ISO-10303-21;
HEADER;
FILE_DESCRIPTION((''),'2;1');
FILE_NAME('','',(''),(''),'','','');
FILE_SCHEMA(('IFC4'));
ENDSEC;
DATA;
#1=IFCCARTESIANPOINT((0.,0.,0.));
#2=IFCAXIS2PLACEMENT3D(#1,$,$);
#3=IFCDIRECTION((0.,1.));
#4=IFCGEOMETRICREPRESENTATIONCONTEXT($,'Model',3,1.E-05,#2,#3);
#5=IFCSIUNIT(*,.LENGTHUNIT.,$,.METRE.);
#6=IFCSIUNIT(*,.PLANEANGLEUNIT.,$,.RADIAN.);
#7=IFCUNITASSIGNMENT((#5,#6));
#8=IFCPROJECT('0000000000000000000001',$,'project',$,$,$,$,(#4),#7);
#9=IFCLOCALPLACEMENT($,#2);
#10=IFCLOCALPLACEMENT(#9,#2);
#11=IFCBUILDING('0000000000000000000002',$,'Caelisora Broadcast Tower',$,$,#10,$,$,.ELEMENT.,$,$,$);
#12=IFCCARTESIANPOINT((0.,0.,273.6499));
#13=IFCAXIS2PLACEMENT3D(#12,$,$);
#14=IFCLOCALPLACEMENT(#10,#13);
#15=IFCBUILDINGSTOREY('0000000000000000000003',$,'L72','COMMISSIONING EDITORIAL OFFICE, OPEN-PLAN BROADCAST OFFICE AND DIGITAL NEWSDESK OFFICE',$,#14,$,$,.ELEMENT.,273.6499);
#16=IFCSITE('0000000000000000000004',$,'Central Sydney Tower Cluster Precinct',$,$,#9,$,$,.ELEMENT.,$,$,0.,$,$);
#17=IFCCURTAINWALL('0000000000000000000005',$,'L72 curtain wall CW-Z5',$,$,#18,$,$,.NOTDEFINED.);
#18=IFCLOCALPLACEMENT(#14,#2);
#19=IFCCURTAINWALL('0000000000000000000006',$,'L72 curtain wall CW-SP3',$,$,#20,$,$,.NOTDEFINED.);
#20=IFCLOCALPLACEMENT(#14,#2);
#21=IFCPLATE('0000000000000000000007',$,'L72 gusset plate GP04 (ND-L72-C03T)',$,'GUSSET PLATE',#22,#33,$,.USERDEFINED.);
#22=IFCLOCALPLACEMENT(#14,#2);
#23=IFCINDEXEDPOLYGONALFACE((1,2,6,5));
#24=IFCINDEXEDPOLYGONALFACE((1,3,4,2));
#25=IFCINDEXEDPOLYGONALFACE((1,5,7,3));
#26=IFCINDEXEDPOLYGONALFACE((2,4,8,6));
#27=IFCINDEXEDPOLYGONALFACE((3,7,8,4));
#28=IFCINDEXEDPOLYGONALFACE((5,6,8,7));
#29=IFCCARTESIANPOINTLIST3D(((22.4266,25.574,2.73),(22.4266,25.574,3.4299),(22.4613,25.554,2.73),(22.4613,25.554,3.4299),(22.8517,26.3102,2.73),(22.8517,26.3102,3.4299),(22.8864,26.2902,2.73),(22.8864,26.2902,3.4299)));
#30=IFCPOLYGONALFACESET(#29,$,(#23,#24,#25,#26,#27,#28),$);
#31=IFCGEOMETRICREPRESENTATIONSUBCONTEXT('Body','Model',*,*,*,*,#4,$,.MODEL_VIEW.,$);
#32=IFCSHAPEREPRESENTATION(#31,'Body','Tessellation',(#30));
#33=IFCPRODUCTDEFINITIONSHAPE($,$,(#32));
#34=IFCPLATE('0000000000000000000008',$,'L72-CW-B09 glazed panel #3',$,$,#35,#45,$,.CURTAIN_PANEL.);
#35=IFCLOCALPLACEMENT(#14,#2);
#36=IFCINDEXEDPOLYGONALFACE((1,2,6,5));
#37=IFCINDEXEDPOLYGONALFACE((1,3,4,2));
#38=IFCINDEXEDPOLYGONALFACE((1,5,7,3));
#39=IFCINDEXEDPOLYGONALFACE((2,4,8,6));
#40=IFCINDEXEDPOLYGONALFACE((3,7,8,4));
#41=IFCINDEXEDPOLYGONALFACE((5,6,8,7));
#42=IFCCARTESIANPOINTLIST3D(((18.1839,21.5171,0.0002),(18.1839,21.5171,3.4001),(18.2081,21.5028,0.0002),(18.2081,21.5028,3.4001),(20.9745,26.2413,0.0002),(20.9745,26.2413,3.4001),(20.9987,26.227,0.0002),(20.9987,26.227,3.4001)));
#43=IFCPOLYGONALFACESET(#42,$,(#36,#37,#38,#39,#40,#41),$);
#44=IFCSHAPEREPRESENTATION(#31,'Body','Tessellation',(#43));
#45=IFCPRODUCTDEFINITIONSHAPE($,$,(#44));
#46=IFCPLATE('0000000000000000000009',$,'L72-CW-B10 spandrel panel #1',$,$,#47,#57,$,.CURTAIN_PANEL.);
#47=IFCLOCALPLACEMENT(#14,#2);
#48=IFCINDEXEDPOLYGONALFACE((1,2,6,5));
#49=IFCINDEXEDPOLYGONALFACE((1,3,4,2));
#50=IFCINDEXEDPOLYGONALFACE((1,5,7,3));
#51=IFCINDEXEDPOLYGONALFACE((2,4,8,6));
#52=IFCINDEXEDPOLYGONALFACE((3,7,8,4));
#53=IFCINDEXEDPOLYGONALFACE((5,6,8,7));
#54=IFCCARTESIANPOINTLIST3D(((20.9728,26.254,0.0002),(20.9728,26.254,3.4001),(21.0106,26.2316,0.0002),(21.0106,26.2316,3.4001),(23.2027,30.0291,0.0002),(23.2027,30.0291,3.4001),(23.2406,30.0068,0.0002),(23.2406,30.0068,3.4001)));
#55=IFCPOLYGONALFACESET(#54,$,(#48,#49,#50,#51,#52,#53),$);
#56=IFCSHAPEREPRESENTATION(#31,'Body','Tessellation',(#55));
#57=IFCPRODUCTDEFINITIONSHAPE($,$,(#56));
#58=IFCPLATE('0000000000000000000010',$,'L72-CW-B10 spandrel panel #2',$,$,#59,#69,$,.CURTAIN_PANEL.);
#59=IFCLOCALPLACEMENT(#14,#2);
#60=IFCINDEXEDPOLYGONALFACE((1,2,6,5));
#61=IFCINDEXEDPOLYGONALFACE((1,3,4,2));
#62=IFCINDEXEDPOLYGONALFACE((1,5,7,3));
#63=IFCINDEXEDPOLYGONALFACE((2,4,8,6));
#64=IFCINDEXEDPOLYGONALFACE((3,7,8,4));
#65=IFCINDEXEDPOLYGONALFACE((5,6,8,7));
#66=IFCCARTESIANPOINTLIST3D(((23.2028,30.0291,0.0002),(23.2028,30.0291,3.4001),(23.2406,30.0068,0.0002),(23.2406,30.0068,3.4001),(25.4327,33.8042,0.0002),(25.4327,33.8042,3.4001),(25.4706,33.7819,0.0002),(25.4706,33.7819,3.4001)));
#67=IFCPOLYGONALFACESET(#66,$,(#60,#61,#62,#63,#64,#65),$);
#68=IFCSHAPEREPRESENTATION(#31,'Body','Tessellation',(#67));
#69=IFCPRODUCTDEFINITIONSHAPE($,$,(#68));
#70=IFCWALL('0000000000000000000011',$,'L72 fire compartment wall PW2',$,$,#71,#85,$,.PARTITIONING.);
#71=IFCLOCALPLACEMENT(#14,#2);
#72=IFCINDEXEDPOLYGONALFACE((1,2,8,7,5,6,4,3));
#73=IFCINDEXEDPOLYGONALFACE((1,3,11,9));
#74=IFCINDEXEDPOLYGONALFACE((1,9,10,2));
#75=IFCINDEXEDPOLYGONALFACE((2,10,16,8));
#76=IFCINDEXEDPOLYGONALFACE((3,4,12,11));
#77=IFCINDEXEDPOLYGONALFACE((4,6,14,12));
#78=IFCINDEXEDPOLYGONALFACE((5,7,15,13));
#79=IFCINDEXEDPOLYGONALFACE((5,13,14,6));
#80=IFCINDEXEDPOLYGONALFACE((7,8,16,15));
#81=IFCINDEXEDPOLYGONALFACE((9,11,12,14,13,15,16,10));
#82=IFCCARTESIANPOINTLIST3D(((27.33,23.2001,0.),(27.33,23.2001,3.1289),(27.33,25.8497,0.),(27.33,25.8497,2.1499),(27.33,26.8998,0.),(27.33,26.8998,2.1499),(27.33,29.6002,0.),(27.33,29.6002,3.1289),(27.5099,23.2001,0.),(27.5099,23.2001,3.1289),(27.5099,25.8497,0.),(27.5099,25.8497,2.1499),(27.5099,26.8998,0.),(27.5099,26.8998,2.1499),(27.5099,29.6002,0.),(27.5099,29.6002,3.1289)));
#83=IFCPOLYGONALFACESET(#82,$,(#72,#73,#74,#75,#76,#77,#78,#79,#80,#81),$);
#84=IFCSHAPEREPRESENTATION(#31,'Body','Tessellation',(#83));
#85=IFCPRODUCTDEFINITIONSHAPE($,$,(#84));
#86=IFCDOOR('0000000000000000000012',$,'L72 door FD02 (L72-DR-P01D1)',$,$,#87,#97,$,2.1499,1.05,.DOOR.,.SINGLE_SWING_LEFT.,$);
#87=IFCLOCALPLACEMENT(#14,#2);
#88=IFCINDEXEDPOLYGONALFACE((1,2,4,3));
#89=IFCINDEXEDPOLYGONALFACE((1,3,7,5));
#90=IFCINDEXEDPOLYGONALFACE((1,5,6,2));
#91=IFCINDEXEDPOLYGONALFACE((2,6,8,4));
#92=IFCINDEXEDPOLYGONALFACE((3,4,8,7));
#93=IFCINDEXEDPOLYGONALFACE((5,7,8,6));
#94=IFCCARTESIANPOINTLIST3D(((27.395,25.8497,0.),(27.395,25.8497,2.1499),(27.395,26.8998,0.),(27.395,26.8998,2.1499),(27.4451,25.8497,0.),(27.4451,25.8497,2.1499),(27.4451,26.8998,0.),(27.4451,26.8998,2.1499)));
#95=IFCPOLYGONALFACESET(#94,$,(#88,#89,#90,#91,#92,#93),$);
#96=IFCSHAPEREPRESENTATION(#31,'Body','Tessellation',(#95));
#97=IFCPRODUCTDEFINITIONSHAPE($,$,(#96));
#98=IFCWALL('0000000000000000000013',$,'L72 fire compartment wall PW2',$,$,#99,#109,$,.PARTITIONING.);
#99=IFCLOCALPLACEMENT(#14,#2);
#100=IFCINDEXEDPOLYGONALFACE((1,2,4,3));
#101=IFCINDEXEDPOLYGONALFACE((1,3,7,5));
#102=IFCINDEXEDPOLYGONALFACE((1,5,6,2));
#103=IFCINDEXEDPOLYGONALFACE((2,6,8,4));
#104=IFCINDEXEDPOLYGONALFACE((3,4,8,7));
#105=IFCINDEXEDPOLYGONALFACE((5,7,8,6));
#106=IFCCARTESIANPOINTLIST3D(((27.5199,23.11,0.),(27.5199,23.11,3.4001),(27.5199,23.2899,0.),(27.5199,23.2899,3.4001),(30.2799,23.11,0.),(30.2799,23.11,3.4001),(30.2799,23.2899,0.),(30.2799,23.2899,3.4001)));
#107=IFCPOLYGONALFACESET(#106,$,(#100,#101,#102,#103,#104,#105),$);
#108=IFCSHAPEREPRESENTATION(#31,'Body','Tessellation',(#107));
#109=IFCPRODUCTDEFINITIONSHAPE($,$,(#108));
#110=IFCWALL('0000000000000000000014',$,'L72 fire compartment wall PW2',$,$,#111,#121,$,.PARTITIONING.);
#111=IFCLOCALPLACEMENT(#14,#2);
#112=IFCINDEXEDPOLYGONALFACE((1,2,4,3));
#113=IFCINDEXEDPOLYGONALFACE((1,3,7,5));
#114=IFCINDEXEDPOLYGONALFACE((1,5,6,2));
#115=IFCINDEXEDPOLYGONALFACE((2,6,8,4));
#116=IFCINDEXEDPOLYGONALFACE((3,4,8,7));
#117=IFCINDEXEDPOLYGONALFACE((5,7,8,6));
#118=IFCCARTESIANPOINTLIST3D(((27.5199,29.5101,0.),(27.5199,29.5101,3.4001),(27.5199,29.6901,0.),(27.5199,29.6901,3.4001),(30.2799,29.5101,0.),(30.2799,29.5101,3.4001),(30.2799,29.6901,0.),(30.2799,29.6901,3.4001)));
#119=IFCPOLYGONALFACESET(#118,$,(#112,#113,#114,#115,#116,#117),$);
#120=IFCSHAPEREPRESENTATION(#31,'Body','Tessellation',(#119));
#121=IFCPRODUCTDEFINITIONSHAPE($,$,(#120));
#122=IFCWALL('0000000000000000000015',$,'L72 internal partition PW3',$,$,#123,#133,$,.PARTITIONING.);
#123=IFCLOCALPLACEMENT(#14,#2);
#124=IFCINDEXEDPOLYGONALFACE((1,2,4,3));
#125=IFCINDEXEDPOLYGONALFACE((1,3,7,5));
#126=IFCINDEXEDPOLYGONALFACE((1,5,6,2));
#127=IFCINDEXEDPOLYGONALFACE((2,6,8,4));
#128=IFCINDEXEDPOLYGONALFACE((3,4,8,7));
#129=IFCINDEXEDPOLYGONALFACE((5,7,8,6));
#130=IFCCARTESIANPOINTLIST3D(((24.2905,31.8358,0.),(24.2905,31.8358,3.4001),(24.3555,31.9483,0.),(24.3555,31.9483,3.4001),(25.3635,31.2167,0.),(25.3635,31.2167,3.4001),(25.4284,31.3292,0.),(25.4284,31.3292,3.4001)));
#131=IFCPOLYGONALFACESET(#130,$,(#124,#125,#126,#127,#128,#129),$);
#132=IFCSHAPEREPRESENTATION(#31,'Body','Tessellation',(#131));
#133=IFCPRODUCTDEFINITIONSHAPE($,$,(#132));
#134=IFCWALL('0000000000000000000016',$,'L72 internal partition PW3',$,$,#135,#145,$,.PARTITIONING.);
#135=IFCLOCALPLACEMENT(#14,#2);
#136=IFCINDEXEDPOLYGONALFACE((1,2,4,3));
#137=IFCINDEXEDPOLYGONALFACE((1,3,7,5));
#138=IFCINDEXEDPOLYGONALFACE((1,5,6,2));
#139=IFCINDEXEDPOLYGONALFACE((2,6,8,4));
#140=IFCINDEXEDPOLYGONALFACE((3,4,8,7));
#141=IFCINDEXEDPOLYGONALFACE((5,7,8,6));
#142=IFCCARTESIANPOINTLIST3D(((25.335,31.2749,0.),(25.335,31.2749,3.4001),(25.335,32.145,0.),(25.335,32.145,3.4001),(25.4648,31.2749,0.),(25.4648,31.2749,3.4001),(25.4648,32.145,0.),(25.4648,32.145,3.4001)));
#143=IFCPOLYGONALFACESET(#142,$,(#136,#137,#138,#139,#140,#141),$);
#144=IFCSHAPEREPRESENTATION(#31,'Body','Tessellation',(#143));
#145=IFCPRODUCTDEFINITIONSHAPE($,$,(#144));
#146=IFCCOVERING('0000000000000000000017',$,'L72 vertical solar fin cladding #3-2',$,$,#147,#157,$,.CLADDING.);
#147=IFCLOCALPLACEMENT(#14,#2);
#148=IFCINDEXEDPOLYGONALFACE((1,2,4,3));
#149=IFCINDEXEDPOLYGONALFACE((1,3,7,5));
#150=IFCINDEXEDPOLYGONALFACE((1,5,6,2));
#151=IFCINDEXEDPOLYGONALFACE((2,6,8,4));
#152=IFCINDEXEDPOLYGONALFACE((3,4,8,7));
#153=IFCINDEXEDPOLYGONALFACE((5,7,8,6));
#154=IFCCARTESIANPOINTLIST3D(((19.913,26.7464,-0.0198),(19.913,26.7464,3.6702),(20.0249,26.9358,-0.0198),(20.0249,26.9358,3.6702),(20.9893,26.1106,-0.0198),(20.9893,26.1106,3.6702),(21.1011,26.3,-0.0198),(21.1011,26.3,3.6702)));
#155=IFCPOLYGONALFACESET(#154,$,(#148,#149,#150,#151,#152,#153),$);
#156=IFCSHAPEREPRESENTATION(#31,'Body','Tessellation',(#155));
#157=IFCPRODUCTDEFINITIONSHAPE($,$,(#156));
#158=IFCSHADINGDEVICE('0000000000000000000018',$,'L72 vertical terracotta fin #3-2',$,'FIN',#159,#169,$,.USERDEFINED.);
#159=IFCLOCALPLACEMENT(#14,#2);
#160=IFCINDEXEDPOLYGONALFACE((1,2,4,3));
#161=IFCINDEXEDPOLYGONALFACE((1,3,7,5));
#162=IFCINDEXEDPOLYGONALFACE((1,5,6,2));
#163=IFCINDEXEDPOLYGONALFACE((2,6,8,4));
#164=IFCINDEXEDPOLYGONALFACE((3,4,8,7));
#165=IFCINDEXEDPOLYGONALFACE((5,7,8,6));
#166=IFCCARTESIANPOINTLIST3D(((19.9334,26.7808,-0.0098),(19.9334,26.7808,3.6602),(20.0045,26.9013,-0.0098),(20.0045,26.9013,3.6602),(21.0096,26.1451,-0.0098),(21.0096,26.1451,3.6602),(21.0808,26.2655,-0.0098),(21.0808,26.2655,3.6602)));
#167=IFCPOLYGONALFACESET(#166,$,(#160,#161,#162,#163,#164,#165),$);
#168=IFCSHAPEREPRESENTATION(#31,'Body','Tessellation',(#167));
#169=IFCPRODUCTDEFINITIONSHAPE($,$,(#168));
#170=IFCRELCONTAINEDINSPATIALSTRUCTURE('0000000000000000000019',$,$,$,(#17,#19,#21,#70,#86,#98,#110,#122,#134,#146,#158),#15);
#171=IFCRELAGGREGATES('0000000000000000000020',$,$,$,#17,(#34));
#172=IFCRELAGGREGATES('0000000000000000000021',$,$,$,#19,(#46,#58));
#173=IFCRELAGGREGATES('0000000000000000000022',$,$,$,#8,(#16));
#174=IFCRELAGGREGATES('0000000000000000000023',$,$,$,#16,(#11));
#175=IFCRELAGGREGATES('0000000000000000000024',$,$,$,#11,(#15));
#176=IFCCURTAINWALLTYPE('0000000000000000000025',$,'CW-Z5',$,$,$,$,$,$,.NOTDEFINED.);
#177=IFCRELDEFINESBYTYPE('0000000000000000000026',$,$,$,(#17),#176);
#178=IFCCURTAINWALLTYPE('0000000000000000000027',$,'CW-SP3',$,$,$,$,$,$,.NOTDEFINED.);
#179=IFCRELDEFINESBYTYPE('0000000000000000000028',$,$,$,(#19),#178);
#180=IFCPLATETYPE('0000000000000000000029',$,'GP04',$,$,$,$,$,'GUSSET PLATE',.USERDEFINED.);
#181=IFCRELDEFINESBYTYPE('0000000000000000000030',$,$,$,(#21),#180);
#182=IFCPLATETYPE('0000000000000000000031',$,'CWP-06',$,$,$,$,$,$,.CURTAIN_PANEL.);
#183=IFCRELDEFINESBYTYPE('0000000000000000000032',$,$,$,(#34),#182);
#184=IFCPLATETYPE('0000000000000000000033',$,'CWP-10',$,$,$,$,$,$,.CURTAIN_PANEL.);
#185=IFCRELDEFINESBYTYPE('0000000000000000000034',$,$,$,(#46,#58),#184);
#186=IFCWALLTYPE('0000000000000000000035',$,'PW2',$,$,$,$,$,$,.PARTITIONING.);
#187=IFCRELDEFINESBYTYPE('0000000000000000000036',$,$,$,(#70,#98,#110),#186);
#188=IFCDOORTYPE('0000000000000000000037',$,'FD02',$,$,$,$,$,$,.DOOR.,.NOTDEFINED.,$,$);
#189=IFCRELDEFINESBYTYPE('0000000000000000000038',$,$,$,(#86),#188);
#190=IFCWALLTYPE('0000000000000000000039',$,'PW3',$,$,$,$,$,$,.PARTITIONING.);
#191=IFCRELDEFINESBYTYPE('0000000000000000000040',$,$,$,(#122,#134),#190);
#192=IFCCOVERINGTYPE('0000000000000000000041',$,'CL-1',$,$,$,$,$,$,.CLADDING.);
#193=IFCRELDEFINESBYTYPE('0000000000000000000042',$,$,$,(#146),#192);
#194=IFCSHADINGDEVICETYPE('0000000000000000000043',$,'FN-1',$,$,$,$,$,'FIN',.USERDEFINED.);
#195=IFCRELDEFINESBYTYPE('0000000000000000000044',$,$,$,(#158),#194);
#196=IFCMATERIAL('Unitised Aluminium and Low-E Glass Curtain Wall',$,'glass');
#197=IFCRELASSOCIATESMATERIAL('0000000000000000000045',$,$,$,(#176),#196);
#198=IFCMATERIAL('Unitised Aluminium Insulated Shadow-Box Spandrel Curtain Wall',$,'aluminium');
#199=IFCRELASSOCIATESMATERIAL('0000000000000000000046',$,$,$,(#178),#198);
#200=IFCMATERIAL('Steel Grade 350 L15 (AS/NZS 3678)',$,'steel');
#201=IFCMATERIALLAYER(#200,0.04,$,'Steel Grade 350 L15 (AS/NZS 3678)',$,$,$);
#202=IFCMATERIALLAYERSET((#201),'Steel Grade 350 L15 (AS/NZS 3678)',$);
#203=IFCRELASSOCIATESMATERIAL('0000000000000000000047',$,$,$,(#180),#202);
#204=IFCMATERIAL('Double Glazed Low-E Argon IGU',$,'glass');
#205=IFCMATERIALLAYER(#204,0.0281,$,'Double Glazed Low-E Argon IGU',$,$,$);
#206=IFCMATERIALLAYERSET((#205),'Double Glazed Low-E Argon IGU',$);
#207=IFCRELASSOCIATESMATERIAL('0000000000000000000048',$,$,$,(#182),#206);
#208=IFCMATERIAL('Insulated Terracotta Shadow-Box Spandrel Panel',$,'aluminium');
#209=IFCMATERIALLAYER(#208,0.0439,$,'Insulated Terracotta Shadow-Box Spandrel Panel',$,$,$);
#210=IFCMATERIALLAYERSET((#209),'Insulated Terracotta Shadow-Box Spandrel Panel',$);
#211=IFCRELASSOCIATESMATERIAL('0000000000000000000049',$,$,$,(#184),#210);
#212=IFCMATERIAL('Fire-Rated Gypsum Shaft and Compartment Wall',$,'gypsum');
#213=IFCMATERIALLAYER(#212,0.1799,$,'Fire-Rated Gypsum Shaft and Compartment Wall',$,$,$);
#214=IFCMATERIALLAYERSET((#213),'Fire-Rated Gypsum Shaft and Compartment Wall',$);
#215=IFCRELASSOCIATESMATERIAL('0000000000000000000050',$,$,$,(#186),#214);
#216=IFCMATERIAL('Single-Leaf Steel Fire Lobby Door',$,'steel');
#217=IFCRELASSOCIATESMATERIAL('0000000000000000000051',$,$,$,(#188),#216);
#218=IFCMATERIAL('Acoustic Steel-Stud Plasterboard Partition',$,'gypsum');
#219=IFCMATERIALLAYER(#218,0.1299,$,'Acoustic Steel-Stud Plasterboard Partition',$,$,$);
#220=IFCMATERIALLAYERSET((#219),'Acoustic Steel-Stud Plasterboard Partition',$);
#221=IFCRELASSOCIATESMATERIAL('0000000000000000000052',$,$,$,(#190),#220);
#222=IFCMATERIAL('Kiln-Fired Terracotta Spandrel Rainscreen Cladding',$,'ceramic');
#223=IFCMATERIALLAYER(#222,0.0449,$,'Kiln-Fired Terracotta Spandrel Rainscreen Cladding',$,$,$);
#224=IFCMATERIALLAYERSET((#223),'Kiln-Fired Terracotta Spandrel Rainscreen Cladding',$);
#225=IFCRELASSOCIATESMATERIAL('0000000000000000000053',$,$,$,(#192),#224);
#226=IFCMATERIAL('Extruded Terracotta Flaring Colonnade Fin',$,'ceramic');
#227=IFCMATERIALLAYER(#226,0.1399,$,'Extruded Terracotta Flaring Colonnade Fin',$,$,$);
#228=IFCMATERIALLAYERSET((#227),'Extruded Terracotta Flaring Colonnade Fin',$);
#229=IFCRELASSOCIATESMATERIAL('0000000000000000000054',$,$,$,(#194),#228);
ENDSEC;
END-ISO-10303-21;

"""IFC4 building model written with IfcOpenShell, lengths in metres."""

from ifc_helpers import new_model, si_unit, direction, frame, frame_2d, origin, origin_2d, place, context, subcontext, project, spatial, rectangle, extrude, source, transform, mapped, material, layer, layer_set, type_object, type_shapes, element, fill, aggregate, save


model = new_model("IFC4")

# Units and contexts
model_context = context("Model", 3, precision=1e-05, world=origin(), true_north=direction((0.0, 1.0)))
body_context = subcontext(model_context, "Body", "Model", "MODEL_VIEW")
ifc_project = project(units=[si_unit("LENGTHUNIT", "METRE"), si_unit("PLANEANGLEUNIT", "RADIAN")], contexts=[model_context])

# Site, building, storey
site_placement = place(None, origin())
site = spatial("IfcSite", under=ifc_project, at=site_placement, Name="Central Sydney Tower Cluster Precinct", CompositionType="ELEMENT", RefElevation=0.0)
building_placement = place(site_placement, origin())
building = spatial("IfcBuilding", under=site, at=building_placement, Name="Caelisora Broadcast Tower", CompositionType="ELEMENT")
storey_placement = place(building_placement, frame((0.0, 0.0, 273.6499)))
storey = spatial("IfcBuildingStorey", under=building, at=storey_placement, Name="L72", Description="COMMISSIONING EDITORIAL OFFICE, OPEN-PLAN BROADCAST OFFICE AND DIGITAL NEWSDESK OFFICE", CompositionType="ELEMENT", Elevation=273.6499)

# Shared definitions
ifc_material_1 = material(Name="Steel Grade 350 L15 (AS/NZS 3678)", Category="steel")

# Curtain wall
ifc_material_2 = material(Name="Unitised Aluminium and Low-E Glass Curtain Wall", Category="glass")
curtain_wall_type_1 = type_object("IfcCurtainWallType", Name="CW-Z5", PredefinedType="NOTDEFINED", material=ifc_material_2)
curtain_wall_1_placement = place(storey_placement, origin())
curtain_wall_1 = element("IfcCurtainWall", 1, at=curtain_wall_1_placement, inside=storey, type_object=curtain_wall_type_1, Name="L72 curtain wall CW-Z5", PredefinedType="NOTDEFINED")

# Curtain wall
ifc_material_3 = material(Name="Unitised Aluminium Insulated Shadow-Box Spandrel Curtain Wall", Category="aluminium")
curtain_wall_type_2 = type_object("IfcCurtainWallType", Name="CW-SP3", PredefinedType="NOTDEFINED", material=ifc_material_3)
curtain_wall_2_placement = place(storey_placement, origin())
curtain_wall_2 = element("IfcCurtainWall", 2, at=curtain_wall_2_placement, inside=storey, type_object=curtain_wall_type_2, Name="L72 curtain wall CW-SP3", PredefinedType="NOTDEFINED")

# Plates
ifc_layer_1 = layer(ifc_material_1, 0.04, Name="Steel Grade 350 L15 (AS/NZS 3678)")
ifc_layer_set_1 = layer_set([ifc_layer_1], Name="Steel Grade 350 L15 (AS/NZS 3678)")
plate_type_1 = type_object("IfcPlateType", Name="GP04", ElementType="GUSSET PLATE", PredefinedType="USERDEFINED", material=ifc_layer_set_1)
shared_shape_1 = source(origin(), body_context, "Body", "SweptSolid", [
    extrude(rectangle(XDim=0.8501, YDim=0.04, at=origin_2d()), origin(), (0.0, 0.0, 1.0), 0.7),
])
type_shapes(plate_type_1, [shared_shape_1])
plate_1_placement = place(storey_placement, frame((22.6565, 25.9321, 2.73), z_axis=(0.0, 0.0, 1.0), x_axis=(-0.5, -0.866025, 0.0)))
element("IfcPlate", 3, at=plate_1_placement, inside=storey, type_object=plate_type_1, Name="L72 gusset plate GP04 (ND-L72-C03T)", ObjectType="GUSSET PLATE", PredefinedType="USERDEFINED", context=body_context, shape_type="MappedRepresentation", body=[
    mapped(shared_shape_1, transform((0.0, 0.0, 0.0), scale=1.0)),
])
ifc_material_4 = material(Name="Double Glazed Low-E Argon IGU", Category="glass")
ifc_layer_2 = layer(ifc_material_4, 0.0281, Name="Double Glazed Low-E Argon IGU")
ifc_layer_set_2 = layer_set([ifc_layer_2], Name="Double Glazed Low-E Argon IGU")
plate_type_2 = type_object("IfcPlateType", Name="CWP-06", PredefinedType="CURTAIN_PANEL", material=ifc_layer_set_2)
shared_shape_2 = source(origin(), body_context, "Body", "SweptSolid", [
    extrude(rectangle(XDim=5.4868, YDim=0.0281, at=origin_2d()), origin(), (0.0, 0.0, 1.0), 3.3999),
])
type_shapes(plate_type_2, [shared_shape_2])
plate_2_placement = place(storey_placement, frame((19.5913, 23.8721, 0.0002), z_axis=(0.0, 0.0, 1.0), x_axis=(0.508591, 0.861008, 0.0)))
plate_2 = element("IfcPlate", 4, at=plate_2_placement, type_object=plate_type_2, Name="L72-CW-B09 glazed panel #3", PredefinedType="CURTAIN_PANEL", context=body_context, shape_type="MappedRepresentation", body=[
    mapped(shared_shape_2, transform((0.0, 0.0, 0.0), scale=1.0)),
])
aggregate(curtain_wall_1, [plate_2])
ifc_material_5 = material(Name="Insulated Terracotta Shadow-Box Spandrel Panel", Category="aluminium")
ifc_layer_3 = layer(ifc_material_5, 0.0439, Name="Insulated Terracotta Shadow-Box Spandrel Panel")
ifc_layer_set_3 = layer_set([ifc_layer_3], Name="Insulated Terracotta Shadow-Box Spandrel Panel")
plate_type_3 = type_object("IfcPlateType", Name="CWP-10", PredefinedType="CURTAIN_PANEL", material=ifc_layer_set_3)
shared_shape_3 = source(origin(), body_context, "Body", "SweptSolid", [
    extrude(rectangle(XDim=4.3845, YDim=0.0439, at=origin_2d()), origin(), (0.0, 0.0, 1.0), 3.3999),
])
type_shapes(plate_type_3, [shared_shape_3])
plate_3_placement = place(storey_placement, frame((22.1067, 28.1304, 0.0002), z_axis=(0.0, 0.0, 1.0), x_axis=(0.508591, 0.861008, 0.0)))
plate_3 = element("IfcPlate", 5, at=plate_3_placement, type_object=plate_type_3, Name="L72-CW-B10 spandrel panel #1", PredefinedType="CURTAIN_PANEL", context=body_context, shape_type="MappedRepresentation", body=[
    mapped(shared_shape_3, transform((0.0, 0.0, 0.0), scale=1.0)),
])
plate_4_placement = place(storey_placement, frame((24.3367, 31.9055, 0.0002), z_axis=(0.0, 0.0, 1.0), x_axis=(0.508591, 0.861008, 0.0)))
plate_4 = element("IfcPlate", 6, at=plate_4_placement, type_object=plate_type_3, Name="L72-CW-B10 spandrel panel #2", PredefinedType="CURTAIN_PANEL", context=body_context, shape_type="MappedRepresentation", body=[
    mapped(shared_shape_3, transform((0.0, 0.0, 0.0), scale=1.0)),
])
aggregate(curtain_wall_2, [plate_3, plate_4])

# Wall, opening, door
ifc_material_6 = material(Name="Fire-Rated Gypsum Shaft and Compartment Wall", Category="gypsum")
ifc_layer_4 = layer(ifc_material_6, 0.1799, Name="Fire-Rated Gypsum Shaft and Compartment Wall")
ifc_layer_set_4 = layer_set([ifc_layer_4], Name="Fire-Rated Gypsum Shaft and Compartment Wall")
wall_type_1 = type_object("IfcWallType", Name="PW2", PredefinedType="PARTITIONING", material=ifc_layer_set_4)
wall_1_placement = place(storey_placement, frame((27.4199, 23.2, 0.0), z_axis=(0.0, 0.0, 1.0), x_axis=(0.0, 1.0, 0.0)))
wall_1 = element("IfcWall", 7, at=wall_1_placement, inside=storey, type_object=wall_type_1, Name="L72 fire compartment wall PW2", PredefinedType="PARTITIONING", context=body_context, shape_type="SweptSolid", body=[
    extrude(rectangle(XDim=6.4001, YDim=0.1799, at=frame_2d((3.2002, 0.0))), origin(), (0.0, 0.0, 1.0), 3.1289),
])
opening_placement = place(wall_1_placement, frame((2.6499, 0.0, 0.0)))
opening = element("IfcOpeningElement", 8, at=opening_placement, cuts=wall_1, PredefinedType="OPENING", context=body_context, shape_type="SweptSolid", body=[
    extrude(rectangle(XDim=1.05, YDim=2.1499, at=frame_2d((0.5249, 1.075))), frame((0.0, 0.1021, 0.0), z_axis=(0.0, -1.0, 0.0), x_axis=(1.0, 0.0, 0.0)), (0.0, 0.0, 1.0), 0.2039),
])
ifc_material_7 = material(Name="Single-Leaf Steel Fire Lobby Door", Category="steel")
door_type = type_object("IfcDoorType", Name="FD02", OperationType="NOTDEFINED", PredefinedType="DOOR", material=ifc_material_7)
door_placement = place(opening_placement, origin())
door = element("IfcDoor", 9, at=door_placement, inside=storey, type_object=door_type, Name="L72 door FD02 (L72-DR-P01D1)", OperationType="SINGLE_SWING_LEFT", OverallHeight=2.1499, OverallWidth=1.05, PredefinedType="DOOR", context=body_context, shape_type="SweptSolid", body=[
    extrude(rectangle(XDim=1.05, YDim=2.1499, at=frame_2d((0.5249, 1.075))), frame((0.0, 0.0249, 0.0), z_axis=(0.0, -1.0, 0.0), x_axis=(1.0, 0.0, 0.0)), (0.0, 0.0, 1.0), 0.05),
])
fill(opening, door)

# Walls
for number, where, z_axis, x_axis, name in (
    (10, (27.52, 23.2, 0.0), (0.0, 0.0, 1.0), (1.0, 0.0, 0.0), "L72 fire compartment wall PW2"),
    (11, (27.52, 29.6001, 0.0), (0.0, 0.0, 1.0), (1.0, 0.0, 0.0), "L72 fire compartment wall PW2"),
):
    element("IfcWall", number, at=place(storey_placement, frame(where, z_axis=z_axis, x_axis=x_axis)), inside=storey, type_object=wall_type_1, Name=name, PredefinedType="PARTITIONING", context=body_context, shape_type="SweptSolid", body=[
        extrude(rectangle(XDim=2.76, YDim=0.1799, at=frame_2d((1.3799, 0.0))), origin(), (0.0, 0.0, 1.0), 3.4001),
    ])
ifc_material_8 = material(Name="Acoustic Steel-Stud Plasterboard Partition", Category="gypsum")
ifc_layer_5 = layer(ifc_material_8, 0.1299, Name="Acoustic Steel-Stud Plasterboard Partition")
ifc_layer_set_5 = layer_set([ifc_layer_5], Name="Acoustic Steel-Stud Plasterboard Partition")
wall_type_2 = type_object("IfcWallType", Name="PW3", PredefinedType="PARTITIONING", material=ifc_layer_set_5)
wall_2_placement = place(storey_placement, frame((24.323, 31.8921, 0.0), z_axis=(0.0, 0.0, 1.0), x_axis=(0.866149, -0.499785, 0.0)))
element("IfcWall", 12, at=wall_2_placement, inside=storey, type_object=wall_type_2, Name="L72 internal partition PW3", PredefinedType="PARTITIONING", context=body_context, shape_type="SweptSolid", body=[
    extrude(rectangle(XDim=1.2388, YDim=0.1299, at=frame_2d((0.6194, 0.0))), origin(), (0.0, 0.0, 1.0), 3.4001),
])
wall_3_placement = place(storey_placement, frame((25.3999, 31.2749, 0.0), z_axis=(0.0, 0.0, 1.0), x_axis=(0.0, 1.0, 0.0)))
element("IfcWall", 13, at=wall_3_placement, inside=storey, type_object=wall_type_2, Name="L72 internal partition PW3", PredefinedType="PARTITIONING", context=body_context, shape_type="SweptSolid", body=[
    extrude(rectangle(XDim=0.8701, YDim=0.1299, at=frame_2d((0.4351, 0.0))), origin(), (0.0, 0.0, 1.0), 3.4001),
])

# Covering
ifc_material_9 = material(Name="Kiln-Fired Terracotta Spandrel Rainscreen Cladding", Category="ceramic")
ifc_layer_6 = layer(ifc_material_9, 0.0449, Name="Kiln-Fired Terracotta Spandrel Rainscreen Cladding")
ifc_layer_set_6 = layer_set([ifc_layer_6], Name="Kiln-Fired Terracotta Spandrel Rainscreen Cladding")
covering_type = type_object("IfcCoveringType", Name="CL-1", PredefinedType="CLADDING", material=ifc_layer_set_6)
shared_shape_4 = source(origin(), body_context, "Body", "SweptSolid", [
    extrude(rectangle(XDim=0.22, YDim=1.25, at=origin_2d()), origin(), (0.0, 0.0, 1.0), 3.6899),
])
type_shapes(covering_type, [shared_shape_4])
covering_placement = place(storey_placement, frame((20.5071, 26.5232, -0.0198), z_axis=(0.0, 0.0, 1.0), x_axis=(0.508591, 0.861008, 0.0)))
element("IfcCovering", 14, at=covering_placement, inside=storey, type_object=covering_type, Name="L72 vertical solar fin cladding #3-2", PredefinedType="CLADDING", context=body_context, shape_type="MappedRepresentation", body=[
    mapped(shared_shape_4, transform((0.0, 0.0, 0.0), scale=1.0)),
])

# Shading device
ifc_material_10 = material(Name="Extruded Terracotta Flaring Colonnade Fin", Category="ceramic")
ifc_layer_7 = layer(ifc_material_10, 0.1399, Name="Extruded Terracotta Flaring Colonnade Fin")
ifc_layer_set_7 = layer_set([ifc_layer_7], Name="Extruded Terracotta Flaring Colonnade Fin")
shading_device_type = type_object("IfcShadingDeviceType", Name="FN-1", ElementType="FIN", PredefinedType="USERDEFINED", material=ifc_layer_set_7)
shared_shape_5 = source(origin(), body_context, "Body", "SweptSolid", [
    extrude(rectangle(XDim=0.1399, YDim=1.25, at=origin_2d()), origin(), (0.0, 0.0, 1.0), 3.6699),
])
type_shapes(shading_device_type, [shared_shape_5])
shading_device_placement = place(storey_placement, frame((20.5071, 26.5232, -0.0098), z_axis=(0.0, 0.0, 1.0), x_axis=(0.508591, 0.861008, 0.0)))
element("IfcShadingDevice", 15, at=shading_device_placement, inside=storey, type_object=shading_device_type, Name="L72 vertical terracotta fin #3-2", ObjectType="FIN", PredefinedType="USERDEFINED", context=body_context, shape_type="MappedRepresentation", body=[
    mapped(shared_shape_5, transform((0.0, 0.0, 0.0), scale=1.0)),
])

save(model, "model.ifc")
